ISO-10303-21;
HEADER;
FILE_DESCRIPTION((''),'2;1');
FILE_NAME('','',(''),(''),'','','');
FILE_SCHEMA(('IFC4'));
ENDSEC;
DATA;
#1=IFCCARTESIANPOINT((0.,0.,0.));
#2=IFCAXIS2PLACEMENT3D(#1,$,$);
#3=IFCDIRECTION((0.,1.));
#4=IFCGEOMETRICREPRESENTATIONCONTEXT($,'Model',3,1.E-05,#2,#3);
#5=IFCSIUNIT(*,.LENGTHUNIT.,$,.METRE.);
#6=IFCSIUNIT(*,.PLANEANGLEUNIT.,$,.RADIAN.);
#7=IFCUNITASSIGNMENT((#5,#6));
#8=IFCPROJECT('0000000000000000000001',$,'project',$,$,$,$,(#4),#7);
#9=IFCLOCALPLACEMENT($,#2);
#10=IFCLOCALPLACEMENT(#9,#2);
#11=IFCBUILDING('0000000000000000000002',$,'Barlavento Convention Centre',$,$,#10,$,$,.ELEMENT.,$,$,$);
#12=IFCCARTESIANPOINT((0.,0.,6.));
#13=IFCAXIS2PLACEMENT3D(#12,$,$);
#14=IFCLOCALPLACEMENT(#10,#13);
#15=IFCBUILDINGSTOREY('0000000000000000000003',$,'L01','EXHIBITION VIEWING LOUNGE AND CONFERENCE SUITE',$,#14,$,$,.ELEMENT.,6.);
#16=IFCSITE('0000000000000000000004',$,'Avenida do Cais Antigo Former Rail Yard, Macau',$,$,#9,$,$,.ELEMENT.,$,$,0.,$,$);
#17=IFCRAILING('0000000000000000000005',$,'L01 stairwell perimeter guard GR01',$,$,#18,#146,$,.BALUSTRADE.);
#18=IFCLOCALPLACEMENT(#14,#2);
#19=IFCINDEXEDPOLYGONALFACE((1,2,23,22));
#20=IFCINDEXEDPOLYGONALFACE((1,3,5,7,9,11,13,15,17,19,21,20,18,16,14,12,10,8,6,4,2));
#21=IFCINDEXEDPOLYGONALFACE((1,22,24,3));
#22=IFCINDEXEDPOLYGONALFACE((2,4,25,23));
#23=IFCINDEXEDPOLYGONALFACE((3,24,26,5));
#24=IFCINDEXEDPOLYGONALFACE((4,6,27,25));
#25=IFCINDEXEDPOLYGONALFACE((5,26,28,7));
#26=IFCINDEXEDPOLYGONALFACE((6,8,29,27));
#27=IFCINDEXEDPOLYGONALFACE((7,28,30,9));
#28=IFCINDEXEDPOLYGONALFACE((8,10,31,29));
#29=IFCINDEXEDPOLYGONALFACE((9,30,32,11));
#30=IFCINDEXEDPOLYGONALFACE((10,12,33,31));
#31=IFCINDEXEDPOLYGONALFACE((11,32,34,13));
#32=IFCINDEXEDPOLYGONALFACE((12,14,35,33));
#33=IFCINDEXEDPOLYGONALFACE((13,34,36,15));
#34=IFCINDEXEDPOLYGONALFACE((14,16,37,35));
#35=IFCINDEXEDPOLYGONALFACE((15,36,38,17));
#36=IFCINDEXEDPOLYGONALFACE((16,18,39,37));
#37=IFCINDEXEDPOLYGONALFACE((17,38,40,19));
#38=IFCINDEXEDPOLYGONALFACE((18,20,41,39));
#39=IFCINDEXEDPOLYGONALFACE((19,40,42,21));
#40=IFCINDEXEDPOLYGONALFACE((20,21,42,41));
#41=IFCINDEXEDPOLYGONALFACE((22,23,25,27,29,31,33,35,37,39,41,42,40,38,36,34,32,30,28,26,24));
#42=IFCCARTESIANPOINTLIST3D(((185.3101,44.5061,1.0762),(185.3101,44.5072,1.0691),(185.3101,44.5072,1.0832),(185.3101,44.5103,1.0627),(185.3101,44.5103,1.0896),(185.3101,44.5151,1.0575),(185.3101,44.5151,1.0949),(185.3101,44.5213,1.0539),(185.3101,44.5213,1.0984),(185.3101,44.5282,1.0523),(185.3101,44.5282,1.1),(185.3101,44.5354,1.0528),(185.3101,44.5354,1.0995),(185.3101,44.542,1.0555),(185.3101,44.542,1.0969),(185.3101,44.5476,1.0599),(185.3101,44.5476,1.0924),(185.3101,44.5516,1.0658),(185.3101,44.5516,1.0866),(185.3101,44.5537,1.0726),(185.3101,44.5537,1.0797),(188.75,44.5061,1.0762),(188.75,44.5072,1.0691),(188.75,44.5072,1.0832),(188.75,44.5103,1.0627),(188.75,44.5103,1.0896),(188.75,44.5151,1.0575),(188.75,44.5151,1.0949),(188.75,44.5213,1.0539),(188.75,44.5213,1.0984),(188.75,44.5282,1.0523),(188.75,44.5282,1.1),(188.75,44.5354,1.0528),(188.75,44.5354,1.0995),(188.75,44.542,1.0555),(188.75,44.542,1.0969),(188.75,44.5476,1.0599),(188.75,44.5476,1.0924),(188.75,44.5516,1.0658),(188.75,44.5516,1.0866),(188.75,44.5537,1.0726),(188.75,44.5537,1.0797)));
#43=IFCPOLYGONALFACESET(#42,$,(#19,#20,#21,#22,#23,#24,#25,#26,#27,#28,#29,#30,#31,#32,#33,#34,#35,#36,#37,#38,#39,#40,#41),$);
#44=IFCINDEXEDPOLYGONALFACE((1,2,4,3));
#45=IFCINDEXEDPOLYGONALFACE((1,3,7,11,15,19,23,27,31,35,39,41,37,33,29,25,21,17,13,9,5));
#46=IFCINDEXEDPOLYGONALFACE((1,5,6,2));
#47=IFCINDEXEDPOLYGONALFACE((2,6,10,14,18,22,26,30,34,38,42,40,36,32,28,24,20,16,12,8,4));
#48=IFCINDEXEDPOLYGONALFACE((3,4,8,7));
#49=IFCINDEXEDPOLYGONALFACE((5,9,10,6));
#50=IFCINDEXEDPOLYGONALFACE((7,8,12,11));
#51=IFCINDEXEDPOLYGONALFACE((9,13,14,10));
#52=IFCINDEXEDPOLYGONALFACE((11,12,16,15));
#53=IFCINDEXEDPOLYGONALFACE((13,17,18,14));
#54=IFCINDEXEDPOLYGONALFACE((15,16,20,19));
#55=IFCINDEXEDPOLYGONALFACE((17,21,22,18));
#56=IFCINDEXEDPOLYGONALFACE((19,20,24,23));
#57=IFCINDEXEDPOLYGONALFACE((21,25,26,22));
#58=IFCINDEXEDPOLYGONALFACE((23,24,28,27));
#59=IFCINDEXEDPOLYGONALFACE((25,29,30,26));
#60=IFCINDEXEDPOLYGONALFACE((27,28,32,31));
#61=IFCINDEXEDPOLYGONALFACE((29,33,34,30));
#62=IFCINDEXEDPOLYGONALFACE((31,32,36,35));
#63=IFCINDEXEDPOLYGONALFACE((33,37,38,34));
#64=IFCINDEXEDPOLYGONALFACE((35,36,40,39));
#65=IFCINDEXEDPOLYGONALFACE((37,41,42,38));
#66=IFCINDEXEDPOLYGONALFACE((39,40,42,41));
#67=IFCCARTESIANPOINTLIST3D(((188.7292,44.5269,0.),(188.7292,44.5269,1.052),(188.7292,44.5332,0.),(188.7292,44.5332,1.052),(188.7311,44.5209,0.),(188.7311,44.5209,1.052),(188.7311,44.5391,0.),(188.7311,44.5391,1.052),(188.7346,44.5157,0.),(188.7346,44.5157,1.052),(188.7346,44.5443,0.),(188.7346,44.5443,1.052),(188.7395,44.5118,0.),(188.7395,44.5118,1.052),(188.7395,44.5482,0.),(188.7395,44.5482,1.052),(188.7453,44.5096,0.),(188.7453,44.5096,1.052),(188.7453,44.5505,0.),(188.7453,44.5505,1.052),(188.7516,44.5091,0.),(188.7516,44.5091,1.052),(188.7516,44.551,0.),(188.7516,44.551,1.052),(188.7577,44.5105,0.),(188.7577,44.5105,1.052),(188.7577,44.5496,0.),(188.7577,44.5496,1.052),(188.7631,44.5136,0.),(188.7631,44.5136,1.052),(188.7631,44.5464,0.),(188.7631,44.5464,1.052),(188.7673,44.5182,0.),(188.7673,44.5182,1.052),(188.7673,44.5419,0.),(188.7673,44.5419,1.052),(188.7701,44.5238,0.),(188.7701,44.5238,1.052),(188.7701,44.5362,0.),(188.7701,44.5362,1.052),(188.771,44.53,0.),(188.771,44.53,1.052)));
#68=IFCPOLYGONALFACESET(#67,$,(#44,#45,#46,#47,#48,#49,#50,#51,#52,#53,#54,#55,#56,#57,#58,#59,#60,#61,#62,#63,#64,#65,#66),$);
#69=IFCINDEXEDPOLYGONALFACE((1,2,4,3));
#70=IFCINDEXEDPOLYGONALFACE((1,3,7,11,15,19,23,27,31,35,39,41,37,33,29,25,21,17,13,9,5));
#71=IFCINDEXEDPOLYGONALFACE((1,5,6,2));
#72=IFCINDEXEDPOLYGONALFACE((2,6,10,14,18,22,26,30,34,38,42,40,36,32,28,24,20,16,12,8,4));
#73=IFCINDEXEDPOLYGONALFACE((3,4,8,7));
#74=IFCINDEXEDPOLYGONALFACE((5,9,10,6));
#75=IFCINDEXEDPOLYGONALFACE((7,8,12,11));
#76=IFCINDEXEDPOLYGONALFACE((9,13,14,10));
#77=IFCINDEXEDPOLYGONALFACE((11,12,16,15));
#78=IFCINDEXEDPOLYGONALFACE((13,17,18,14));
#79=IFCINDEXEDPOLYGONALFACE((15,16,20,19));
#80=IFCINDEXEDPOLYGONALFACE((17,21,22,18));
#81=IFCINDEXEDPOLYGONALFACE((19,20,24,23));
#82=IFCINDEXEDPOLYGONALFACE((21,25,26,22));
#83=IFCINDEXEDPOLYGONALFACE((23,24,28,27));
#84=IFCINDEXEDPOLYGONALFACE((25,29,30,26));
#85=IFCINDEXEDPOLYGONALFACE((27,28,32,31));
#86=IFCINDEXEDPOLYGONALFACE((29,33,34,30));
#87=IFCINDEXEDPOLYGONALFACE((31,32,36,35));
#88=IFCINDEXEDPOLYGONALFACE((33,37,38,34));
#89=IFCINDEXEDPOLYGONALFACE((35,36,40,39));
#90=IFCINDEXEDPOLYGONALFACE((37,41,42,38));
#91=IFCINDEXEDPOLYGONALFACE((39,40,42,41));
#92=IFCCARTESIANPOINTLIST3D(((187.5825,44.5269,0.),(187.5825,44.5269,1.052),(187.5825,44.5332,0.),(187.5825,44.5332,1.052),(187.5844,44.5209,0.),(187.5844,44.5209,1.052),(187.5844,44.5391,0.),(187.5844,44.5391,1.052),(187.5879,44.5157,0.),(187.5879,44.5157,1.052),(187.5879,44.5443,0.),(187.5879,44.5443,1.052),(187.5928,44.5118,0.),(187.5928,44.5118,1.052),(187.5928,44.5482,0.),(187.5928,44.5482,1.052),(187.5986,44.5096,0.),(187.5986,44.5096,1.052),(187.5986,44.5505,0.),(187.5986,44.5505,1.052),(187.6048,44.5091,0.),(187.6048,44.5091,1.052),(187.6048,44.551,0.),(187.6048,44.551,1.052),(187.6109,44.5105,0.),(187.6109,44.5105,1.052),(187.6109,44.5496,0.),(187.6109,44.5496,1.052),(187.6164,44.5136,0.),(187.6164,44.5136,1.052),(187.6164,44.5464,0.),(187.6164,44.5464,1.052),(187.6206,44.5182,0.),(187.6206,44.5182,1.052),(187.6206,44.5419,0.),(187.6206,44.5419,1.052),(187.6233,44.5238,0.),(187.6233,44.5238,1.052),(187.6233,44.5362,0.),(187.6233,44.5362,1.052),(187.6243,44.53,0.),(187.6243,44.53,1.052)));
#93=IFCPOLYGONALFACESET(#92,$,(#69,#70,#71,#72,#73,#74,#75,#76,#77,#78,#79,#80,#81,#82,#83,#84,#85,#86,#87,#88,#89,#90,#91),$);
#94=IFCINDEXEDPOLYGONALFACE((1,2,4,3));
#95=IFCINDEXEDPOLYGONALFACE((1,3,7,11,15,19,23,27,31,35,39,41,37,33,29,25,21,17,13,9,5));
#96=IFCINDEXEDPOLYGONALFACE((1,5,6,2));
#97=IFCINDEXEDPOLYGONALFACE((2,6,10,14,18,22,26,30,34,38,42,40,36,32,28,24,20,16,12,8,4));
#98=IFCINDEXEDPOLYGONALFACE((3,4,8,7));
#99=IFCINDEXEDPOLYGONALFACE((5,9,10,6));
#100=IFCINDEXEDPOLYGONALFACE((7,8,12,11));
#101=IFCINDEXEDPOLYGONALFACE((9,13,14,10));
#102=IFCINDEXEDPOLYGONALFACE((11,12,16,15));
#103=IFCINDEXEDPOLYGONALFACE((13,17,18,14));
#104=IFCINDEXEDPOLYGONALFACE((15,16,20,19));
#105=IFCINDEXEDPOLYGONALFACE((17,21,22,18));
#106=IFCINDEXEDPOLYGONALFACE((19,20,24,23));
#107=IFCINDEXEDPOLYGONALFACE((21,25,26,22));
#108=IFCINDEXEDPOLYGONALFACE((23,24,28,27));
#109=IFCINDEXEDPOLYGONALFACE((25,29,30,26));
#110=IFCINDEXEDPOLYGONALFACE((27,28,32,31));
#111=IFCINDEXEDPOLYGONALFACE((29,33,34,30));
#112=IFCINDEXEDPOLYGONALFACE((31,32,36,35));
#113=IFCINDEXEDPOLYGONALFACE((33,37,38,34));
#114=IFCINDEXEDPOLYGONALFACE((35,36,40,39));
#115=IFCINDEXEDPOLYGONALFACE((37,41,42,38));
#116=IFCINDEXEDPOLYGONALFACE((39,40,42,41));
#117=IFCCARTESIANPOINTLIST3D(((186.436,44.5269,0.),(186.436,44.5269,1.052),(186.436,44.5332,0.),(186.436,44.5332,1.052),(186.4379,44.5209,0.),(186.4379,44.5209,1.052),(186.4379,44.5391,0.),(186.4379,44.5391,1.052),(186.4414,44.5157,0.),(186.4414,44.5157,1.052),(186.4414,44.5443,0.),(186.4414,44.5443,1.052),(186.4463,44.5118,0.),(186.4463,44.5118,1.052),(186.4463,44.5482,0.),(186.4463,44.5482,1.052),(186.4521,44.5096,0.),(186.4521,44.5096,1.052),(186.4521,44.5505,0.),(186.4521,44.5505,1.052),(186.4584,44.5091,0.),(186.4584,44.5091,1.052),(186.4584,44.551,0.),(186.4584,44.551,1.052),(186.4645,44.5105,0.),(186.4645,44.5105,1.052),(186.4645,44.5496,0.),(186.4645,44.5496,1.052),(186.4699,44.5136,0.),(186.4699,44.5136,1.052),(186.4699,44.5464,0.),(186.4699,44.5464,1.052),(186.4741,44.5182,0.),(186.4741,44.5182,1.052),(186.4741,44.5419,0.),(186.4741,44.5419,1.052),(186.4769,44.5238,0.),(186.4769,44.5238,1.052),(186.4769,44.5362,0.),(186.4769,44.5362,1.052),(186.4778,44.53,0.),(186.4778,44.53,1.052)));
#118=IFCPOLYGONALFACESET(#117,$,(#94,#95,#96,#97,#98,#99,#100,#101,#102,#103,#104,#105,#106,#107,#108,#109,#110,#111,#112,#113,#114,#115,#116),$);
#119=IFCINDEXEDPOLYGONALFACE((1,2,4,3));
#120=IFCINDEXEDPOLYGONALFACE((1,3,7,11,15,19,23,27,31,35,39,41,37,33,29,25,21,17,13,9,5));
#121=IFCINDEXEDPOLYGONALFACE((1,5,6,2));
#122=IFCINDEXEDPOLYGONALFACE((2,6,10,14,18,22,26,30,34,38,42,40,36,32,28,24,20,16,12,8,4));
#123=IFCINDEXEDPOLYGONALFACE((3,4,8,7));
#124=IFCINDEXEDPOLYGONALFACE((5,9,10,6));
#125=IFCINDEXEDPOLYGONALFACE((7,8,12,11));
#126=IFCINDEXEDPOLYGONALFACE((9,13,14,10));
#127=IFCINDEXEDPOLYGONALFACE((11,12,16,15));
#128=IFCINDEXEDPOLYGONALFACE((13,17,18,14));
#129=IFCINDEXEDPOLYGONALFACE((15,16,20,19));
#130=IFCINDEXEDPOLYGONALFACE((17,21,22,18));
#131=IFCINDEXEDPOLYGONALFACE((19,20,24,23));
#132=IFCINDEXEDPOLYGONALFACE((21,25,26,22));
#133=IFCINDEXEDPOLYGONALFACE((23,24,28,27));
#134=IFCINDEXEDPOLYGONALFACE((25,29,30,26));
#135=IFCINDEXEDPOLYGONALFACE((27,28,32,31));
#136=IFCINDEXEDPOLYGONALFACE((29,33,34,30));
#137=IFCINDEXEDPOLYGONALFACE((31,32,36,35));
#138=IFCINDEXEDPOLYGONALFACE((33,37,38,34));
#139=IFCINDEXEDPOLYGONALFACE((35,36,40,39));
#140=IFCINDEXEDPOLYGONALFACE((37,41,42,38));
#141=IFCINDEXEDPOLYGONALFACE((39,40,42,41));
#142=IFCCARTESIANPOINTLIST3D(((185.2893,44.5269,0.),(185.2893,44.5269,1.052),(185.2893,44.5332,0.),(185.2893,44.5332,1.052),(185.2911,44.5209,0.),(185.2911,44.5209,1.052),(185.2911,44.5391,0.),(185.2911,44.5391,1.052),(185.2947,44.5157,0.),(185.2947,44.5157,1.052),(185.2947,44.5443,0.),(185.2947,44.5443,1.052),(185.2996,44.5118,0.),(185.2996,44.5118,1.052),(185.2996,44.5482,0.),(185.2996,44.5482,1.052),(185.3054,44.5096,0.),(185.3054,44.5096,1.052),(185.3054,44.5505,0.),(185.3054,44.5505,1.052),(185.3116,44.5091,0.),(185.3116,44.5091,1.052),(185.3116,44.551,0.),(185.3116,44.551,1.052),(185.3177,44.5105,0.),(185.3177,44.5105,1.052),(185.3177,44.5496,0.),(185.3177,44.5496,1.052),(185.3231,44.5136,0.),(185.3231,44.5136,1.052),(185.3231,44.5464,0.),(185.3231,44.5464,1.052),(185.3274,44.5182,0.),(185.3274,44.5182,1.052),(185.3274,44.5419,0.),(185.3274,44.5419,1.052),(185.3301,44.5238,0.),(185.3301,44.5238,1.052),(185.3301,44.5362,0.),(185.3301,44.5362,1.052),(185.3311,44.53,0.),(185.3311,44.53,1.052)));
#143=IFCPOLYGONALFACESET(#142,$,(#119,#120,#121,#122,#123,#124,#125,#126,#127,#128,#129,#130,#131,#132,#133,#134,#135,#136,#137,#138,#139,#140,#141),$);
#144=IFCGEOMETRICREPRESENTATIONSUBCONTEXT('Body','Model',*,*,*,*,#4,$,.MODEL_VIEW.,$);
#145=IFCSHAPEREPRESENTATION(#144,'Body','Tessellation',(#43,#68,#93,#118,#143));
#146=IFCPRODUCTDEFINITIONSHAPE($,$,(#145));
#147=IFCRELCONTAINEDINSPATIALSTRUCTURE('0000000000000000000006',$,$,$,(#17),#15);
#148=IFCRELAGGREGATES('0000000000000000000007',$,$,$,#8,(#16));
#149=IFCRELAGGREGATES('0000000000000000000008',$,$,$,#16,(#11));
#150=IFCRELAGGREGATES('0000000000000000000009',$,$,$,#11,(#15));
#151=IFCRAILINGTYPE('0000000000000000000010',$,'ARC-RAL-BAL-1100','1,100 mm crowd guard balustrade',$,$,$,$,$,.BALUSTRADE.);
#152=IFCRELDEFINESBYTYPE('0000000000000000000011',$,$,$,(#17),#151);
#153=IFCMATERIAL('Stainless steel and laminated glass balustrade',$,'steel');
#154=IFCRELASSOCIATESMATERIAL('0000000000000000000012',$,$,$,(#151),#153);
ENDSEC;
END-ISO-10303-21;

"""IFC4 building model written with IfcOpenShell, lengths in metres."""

from ifc_helpers import new_model, si_unit, direction, frame, origin, origin_2d, place, context, subcontext, project, spatial, circle, extrude, material, type_object, element, save


model = new_model("IFC4")

# Units and contexts
model_context = context("Model", 3, precision=1e-05, world=origin(), true_north=direction((0.0, 1.0)))
body_context = subcontext(model_context, "Body", "Model", "MODEL_VIEW")
ifc_project = project(units=[si_unit("LENGTHUNIT", "METRE"), si_unit("PLANEANGLEUNIT", "RADIAN")], contexts=[model_context])

# Site, building, storey
site_placement = place(None, origin())
site = spatial("IfcSite", under=ifc_project, at=site_placement, Name="Avenida do Cais Antigo Former Rail Yard, Macau", CompositionType="ELEMENT", RefElevation=0.0)
building_placement = place(site_placement, origin())
building = spatial("IfcBuilding", under=site, at=building_placement, Name="Barlavento Convention Centre", CompositionType="ELEMENT")
storey_placement = place(building_placement, frame((0.0, 0.0, 6.0)))
storey = spatial("IfcBuildingStorey", under=building, at=storey_placement, Name="L01", Description="EXHIBITION VIEWING LOUNGE AND CONFERENCE SUITE", CompositionType="ELEMENT", Elevation=6.0)

# Railing
ifc_material_1 = material(Name="Stainless steel and laminated glass balustrade", Category="steel")
railing_type_1 = type_object("IfcRailingType", Name="ARC-RAL-BAL-1100", Description="1,100 mm crowd guard balustrade", PredefinedType="BALUSTRADE", material=ifc_material_1)
railing_1_placement = place(storey_placement, frame((188.75, 44.53, 0.0)))
element("IfcRailing", 1, at=railing_1_placement, inside=storey, type_object=railing_type_1, Name="L01 stairwell perimeter guard GR01", PredefinedType="BALUSTRADE", context=body_context, shape_type="SweptSolid", body=[
    extrude(circle(Radius=0.0239, at=origin_2d()), frame((0.0, 0.0, 1.0762), z_axis=(-1.0, 0.0, 0.0), x_axis=(0.0, -1.0, 0.0)), (0.0, 0.0, 1.0), 3.4399),
    extrude(circle(Radius=0.021, at=origin_2d()), origin(), (0.0, 0.0, 1.0), 1.052),
    extrude(circle(Radius=0.021, at=origin_2d()), frame((-1.1467, 0.0, 0.0)), (0.0, 0.0, 1.0), 1.052),
    extrude(circle(Radius=0.021, at=origin_2d()), frame((-2.2932, 0.0, 0.0)), (0.0, 0.0, 1.0), 1.052),
    extrude(circle(Radius=0.021, at=origin_2d()), frame((-3.4399, 0.0, 0.0)), (0.0, 0.0, 1.0), 1.052),
])

save(model, "model.ifc")
